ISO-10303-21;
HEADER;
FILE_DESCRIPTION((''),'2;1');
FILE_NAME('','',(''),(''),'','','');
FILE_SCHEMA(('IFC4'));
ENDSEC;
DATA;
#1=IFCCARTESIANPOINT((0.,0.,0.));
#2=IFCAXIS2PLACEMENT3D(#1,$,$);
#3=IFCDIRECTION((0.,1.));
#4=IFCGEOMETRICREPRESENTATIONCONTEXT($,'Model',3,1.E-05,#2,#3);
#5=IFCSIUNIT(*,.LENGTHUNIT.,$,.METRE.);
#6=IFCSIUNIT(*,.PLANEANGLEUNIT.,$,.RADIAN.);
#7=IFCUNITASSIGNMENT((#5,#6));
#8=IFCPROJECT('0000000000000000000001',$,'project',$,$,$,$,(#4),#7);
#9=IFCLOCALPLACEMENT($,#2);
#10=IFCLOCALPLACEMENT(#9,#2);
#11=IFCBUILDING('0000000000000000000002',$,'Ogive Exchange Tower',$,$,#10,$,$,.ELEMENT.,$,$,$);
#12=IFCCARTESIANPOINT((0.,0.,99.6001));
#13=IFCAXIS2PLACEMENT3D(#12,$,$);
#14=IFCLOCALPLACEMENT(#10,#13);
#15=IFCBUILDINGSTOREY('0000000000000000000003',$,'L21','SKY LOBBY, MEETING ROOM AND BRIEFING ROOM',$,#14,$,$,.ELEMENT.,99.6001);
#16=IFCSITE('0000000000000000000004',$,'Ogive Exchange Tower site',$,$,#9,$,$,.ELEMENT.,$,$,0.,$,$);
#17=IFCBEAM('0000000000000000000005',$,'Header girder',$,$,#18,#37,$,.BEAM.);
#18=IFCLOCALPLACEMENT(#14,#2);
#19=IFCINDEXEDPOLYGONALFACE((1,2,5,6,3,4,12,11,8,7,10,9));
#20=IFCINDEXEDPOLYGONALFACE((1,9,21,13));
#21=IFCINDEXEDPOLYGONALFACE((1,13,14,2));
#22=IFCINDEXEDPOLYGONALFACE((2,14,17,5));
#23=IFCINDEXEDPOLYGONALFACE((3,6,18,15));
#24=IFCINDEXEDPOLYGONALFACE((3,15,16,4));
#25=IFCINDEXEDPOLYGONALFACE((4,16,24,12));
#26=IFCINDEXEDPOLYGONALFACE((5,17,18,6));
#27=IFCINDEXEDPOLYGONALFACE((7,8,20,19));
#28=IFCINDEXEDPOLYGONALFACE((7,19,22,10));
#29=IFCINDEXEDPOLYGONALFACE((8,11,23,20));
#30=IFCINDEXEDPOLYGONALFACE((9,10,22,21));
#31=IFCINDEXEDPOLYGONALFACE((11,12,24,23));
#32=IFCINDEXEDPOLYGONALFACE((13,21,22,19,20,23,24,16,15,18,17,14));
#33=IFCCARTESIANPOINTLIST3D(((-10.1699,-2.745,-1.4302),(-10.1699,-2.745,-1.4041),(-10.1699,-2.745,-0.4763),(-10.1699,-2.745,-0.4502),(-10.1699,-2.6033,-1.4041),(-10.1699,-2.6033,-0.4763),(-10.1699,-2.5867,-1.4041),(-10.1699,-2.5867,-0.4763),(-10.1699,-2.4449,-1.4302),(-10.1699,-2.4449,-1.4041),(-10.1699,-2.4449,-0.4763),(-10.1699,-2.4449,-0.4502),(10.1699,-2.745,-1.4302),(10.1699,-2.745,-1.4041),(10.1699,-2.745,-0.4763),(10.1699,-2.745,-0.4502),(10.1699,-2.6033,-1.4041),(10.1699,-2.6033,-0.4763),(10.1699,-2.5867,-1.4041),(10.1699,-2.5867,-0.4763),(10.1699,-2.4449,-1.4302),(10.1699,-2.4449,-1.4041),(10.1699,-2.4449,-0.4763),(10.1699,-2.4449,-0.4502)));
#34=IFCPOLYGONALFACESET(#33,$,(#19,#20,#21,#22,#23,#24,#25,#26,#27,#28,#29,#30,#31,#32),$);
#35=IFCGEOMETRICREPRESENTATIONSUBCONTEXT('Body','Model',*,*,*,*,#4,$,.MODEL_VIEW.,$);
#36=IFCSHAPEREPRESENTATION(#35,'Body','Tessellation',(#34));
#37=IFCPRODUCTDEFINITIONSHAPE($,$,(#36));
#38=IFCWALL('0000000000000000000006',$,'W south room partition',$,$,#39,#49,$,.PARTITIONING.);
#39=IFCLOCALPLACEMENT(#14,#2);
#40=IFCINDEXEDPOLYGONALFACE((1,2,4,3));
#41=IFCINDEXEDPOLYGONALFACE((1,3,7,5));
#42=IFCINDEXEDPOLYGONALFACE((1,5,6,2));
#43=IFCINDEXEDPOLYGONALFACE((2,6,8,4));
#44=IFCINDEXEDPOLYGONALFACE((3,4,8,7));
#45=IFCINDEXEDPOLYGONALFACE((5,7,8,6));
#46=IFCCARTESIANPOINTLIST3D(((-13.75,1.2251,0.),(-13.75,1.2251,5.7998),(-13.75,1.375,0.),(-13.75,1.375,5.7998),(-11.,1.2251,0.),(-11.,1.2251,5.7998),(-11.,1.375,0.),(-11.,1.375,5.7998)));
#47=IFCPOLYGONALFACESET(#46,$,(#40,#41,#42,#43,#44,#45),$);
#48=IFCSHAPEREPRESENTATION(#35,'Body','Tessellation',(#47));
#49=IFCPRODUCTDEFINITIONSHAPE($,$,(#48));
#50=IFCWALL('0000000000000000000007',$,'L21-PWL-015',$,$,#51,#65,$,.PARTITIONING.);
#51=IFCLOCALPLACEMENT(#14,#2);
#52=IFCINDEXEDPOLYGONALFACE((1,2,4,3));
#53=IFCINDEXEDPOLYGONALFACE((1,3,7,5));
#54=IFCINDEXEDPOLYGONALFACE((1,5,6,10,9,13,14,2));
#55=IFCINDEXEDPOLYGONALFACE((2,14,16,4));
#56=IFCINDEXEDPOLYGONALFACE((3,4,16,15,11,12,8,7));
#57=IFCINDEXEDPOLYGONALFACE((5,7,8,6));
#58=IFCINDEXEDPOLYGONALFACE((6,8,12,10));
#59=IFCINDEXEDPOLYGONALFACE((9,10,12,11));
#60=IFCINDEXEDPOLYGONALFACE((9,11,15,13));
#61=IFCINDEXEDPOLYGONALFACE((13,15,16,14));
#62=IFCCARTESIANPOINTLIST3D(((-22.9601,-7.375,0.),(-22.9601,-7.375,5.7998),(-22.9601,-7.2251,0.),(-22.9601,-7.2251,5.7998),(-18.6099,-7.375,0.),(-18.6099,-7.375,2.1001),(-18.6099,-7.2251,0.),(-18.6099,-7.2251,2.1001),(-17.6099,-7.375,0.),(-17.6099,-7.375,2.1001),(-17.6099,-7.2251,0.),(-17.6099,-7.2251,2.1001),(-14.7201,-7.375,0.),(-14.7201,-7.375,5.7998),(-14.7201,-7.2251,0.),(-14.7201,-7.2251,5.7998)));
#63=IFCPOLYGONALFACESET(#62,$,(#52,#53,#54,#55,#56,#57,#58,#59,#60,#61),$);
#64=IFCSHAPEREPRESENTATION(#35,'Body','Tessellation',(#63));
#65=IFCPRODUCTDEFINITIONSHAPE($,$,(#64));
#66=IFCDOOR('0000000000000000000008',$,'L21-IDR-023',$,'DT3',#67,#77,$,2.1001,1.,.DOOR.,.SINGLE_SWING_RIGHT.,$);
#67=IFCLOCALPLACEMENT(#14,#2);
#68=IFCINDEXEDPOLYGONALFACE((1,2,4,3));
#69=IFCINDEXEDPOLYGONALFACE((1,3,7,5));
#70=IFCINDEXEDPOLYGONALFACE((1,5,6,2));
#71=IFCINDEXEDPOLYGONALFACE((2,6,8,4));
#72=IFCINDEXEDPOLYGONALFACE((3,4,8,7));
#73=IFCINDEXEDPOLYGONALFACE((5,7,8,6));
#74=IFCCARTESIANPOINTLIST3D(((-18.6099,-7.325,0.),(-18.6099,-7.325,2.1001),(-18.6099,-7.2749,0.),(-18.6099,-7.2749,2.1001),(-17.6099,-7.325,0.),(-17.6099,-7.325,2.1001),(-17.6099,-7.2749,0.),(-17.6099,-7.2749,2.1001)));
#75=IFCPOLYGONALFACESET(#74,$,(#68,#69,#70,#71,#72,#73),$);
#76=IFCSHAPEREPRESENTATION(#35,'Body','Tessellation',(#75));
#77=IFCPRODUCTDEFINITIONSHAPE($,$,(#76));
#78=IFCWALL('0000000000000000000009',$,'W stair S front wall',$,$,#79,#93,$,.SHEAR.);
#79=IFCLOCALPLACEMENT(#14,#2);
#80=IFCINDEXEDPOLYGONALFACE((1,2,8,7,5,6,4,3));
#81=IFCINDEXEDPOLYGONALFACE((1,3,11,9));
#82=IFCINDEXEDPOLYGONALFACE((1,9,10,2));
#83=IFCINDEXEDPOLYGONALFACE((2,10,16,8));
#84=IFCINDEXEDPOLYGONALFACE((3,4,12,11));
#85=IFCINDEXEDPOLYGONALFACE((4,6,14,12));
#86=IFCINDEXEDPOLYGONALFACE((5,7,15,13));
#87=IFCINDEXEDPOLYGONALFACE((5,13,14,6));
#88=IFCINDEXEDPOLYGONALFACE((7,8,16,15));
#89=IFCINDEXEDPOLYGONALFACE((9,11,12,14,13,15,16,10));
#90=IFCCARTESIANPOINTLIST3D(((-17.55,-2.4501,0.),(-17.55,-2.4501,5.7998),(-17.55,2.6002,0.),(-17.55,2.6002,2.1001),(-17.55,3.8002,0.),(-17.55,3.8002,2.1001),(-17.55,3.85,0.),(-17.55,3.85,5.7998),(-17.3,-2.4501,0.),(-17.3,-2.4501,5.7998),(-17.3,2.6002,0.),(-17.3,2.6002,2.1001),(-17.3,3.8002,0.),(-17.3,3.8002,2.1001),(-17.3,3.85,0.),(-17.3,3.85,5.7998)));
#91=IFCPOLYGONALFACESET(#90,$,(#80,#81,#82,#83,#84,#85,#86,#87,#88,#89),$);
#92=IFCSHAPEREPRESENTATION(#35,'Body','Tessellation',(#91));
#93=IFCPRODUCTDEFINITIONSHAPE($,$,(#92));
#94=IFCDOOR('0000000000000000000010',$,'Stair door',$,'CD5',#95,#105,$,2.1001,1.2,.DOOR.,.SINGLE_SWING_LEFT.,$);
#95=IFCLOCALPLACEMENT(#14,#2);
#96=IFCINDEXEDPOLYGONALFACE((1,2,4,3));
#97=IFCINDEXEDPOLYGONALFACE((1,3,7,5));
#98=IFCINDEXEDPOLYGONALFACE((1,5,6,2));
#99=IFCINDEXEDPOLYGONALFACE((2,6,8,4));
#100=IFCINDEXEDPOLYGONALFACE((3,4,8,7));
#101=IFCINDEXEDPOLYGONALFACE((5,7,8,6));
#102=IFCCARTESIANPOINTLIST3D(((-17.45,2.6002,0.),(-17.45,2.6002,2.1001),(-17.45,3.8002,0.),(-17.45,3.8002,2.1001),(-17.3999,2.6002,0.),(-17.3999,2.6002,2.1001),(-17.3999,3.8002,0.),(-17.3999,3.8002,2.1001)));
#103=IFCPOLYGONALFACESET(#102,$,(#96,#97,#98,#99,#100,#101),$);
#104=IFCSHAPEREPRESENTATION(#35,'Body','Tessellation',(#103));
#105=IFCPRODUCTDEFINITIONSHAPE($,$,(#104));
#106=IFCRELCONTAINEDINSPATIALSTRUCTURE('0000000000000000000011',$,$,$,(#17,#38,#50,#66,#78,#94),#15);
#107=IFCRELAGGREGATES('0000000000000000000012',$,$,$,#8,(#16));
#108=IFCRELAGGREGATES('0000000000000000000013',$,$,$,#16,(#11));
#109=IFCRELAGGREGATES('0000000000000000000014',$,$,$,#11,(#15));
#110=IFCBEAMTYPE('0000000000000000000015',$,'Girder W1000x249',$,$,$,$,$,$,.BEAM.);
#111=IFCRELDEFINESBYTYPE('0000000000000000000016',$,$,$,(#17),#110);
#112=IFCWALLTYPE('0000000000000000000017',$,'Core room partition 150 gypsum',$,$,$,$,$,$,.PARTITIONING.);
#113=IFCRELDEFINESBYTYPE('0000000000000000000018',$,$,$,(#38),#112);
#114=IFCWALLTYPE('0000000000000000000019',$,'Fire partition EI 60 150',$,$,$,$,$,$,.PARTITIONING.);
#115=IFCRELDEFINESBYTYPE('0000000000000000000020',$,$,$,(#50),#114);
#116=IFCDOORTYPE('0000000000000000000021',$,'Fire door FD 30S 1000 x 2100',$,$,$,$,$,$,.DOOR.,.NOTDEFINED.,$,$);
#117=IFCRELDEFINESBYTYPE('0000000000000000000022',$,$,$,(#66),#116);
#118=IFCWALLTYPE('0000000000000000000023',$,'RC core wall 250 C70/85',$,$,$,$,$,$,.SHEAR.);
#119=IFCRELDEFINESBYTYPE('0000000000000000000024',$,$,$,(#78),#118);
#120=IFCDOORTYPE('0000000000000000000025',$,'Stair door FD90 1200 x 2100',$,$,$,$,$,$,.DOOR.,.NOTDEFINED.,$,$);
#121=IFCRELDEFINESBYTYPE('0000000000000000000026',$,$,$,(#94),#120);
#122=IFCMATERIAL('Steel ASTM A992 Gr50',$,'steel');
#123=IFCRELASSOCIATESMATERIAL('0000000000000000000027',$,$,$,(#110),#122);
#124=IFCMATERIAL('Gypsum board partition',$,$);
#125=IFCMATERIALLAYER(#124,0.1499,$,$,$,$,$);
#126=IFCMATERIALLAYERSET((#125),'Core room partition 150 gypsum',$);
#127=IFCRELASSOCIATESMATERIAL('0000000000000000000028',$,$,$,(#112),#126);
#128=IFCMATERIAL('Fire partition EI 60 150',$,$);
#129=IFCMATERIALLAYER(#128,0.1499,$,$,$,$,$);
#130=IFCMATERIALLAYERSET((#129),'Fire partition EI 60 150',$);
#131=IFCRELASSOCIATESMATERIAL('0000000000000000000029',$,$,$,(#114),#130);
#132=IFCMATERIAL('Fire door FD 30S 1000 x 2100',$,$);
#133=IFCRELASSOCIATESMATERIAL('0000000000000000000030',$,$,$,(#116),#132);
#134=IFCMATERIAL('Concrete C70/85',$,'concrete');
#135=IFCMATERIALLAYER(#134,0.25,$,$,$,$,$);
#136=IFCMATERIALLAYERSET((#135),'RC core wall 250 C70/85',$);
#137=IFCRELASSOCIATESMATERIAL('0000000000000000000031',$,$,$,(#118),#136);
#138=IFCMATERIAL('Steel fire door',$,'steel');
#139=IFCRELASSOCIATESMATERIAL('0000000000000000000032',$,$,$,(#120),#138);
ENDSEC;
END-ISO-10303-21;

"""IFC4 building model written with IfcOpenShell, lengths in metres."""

from ifc_helpers import new_model, si_unit, direction, frame, frame_2d, origin, origin_2d, place, context, subcontext, project, spatial, rectangle, i_section, extrude, material, layer, layer_set, material_profile, profile_set, type_object, element, fill, save


model = new_model("IFC4")

# Units and contexts
model_context = context("Model", 3, precision=1e-05, world=origin(), true_north=direction((0.0, 1.0)))
body_context = subcontext(model_context, "Body", "Model", "MODEL_VIEW")
ifc_project = project(units=[si_unit("LENGTHUNIT", "METRE"), si_unit("PLANEANGLEUNIT", "RADIAN")], contexts=[model_context])

# Site, building, storey
site_placement = place(None, origin())
site = spatial("IfcSite", under=ifc_project, at=site_placement, Name="Ogive Exchange Tower site", CompositionType="ELEMENT", RefElevation=0.0)
building_placement = place(site_placement, origin())
building = spatial("IfcBuilding", under=site, at=building_placement, Name="Ogive Exchange Tower", CompositionType="ELEMENT")
storey_placement = place(building_placement, frame((0.0, 0.0, 99.6001)))
storey = spatial("IfcBuildingStorey", under=building, at=storey_placement, Name="L21", Description="SKY LOBBY, MEETING ROOM AND BRIEFING ROOM", CompositionType="ELEMENT", Elevation=99.6001)

# Beam
ifc_material_1 = material(Name="Steel ASTM A992 Gr50", Category="steel")
ifc_material_profile = material_profile(ifc_material_1, i_section(OverallWidth=0.3, OverallDepth=0.98, WebThickness=0.0166, FlangeThickness=0.0261, at=origin_2d()), Name="W1000x249")
ifc_profile_set = profile_set([ifc_material_profile], Name="Steel ASTM A992 Gr50")
beam_type = type_object("IfcBeamType", Name="Girder W1000x249", PredefinedType="BEAM", material=ifc_profile_set)
beam_placement = place(storey_placement, frame((-10.1699, -2.595, -0.9402), z_axis=(1.0, 0.0, 0.0), x_axis=(0.0, 1.0, 0.0)))
element("IfcBeam", 1, at=beam_placement, inside=storey, type_object=beam_type, Name="Header girder", PredefinedType="BEAM", context=body_context, shape_type="SweptSolid", body=[
    extrude(i_section(OverallWidth=0.3, OverallDepth=0.98, WebThickness=0.0166, FlangeThickness=0.0261, at=origin_2d()), origin(), (0.0, 0.0, 1.0), 20.3398),
])

# Wall
ifc_material_2 = material(Name="Gypsum board partition")
ifc_layer_1 = layer(ifc_material_2, 0.1499)
ifc_layer_set_1 = layer_set([ifc_layer_1], Name="Core room partition 150 gypsum")
wall_type_1 = type_object("IfcWallType", Name="Core room partition 150 gypsum", PredefinedType="PARTITIONING", material=ifc_layer_set_1)
wall_1_placement = place(storey_placement, frame((-13.75, 1.3, 0.0), z_axis=(0.0, 0.0, 1.0), x_axis=(1.0, 0.0, 0.0)))
element("IfcWall", 2, at=wall_1_placement, inside=storey, type_object=wall_type_1, Name="W south room partition", PredefinedType="PARTITIONING", context=body_context, shape_type="SweptSolid", body=[
    extrude(rectangle(XDim=2.75, YDim=0.1499, at=frame_2d((1.375, 0.0))), origin(), (0.0, 0.0, 1.0), 5.7998),
])

# Walls, openings, doors
ifc_material_3 = material(Name="Fire partition EI 60 150")
ifc_layer_2 = layer(ifc_material_3, 0.1499)
ifc_layer_set_2 = layer_set([ifc_layer_2], Name="Fire partition EI 60 150")
wall_type_2 = type_object("IfcWallType", Name="Fire partition EI 60 150", PredefinedType="PARTITIONING", material=ifc_layer_set_2)
wall_2_placement = place(storey_placement, frame((-14.72, -7.3, 0.0), z_axis=(0.0, 0.0, 1.0), x_axis=(-1.0, 0.0, 0.0)))
wall_2 = element("IfcWall", 3, at=wall_2_placement, inside=storey, type_object=wall_type_2, Name="L21-PWL-015", PredefinedType="PARTITIONING", context=body_context, shape_type="SweptSolid", body=[
    extrude(rectangle(XDim=8.24, YDim=0.1499, at=frame_2d((4.1201, 0.0))), origin(), (0.0, 0.0, 1.0), 5.7998),
])
opening_1_placement = place(wall_2_placement, frame((2.8899, 0.0, 0.0)))
opening_1 = element("IfcOpeningElement", 4, at=opening_1_placement, cuts=wall_2, PredefinedType="OPENING", context=body_context, shape_type="SweptSolid", body=[
    extrude(rectangle(XDim=1.0, YDim=2.1001, at=frame_2d((0.5, 1.05))), frame((0.0, 0.085, 0.0), z_axis=(0.0, -1.0, 0.0), x_axis=(1.0, 0.0, 0.0)), (0.0, 0.0, 1.0), 0.1699),
])
ifc_material_4 = material(Name="Fire door FD 30S 1000 x 2100")
door_type_1 = type_object("IfcDoorType", Name="Fire door FD 30S 1000 x 2100", OperationType="NOTDEFINED", PredefinedType="DOOR", material=ifc_material_4)
door_1_placement = place(opening_1_placement, origin())
door_1 = element("IfcDoor", 5, at=door_1_placement, inside=storey, type_object=door_type_1, Name="L21-IDR-023", ObjectType="DT3", OperationType="SINGLE_SWING_RIGHT", OverallHeight=2.1001, OverallWidth=1.0, PredefinedType="DOOR", context=body_context, shape_type="SweptSolid", body=[
    extrude(rectangle(XDim=1.0, YDim=2.1001, at=frame_2d((0.5, 1.05))), frame((0.0, 0.0249, 0.0), z_axis=(0.0, -1.0, 0.0), x_axis=(1.0, 0.0, 0.0)), (0.0, 0.0, 1.0), 0.05),
])
fill(opening_1, door_1)
ifc_material_5 = material(Name="Concrete C70/85", Category="concrete")
ifc_layer_3 = layer(ifc_material_5, 0.25)
ifc_layer_set_3 = layer_set([ifc_layer_3], Name="RC core wall 250 C70/85")
wall_type_3 = type_object("IfcWallType", Name="RC core wall 250 C70/85", PredefinedType="SHEAR", material=ifc_layer_set_3)
wall_3_placement = place(storey_placement, frame((-17.425, -2.45, 0.0), z_axis=(0.0, 0.0, 1.0), x_axis=(0.0, 1.0, 0.0)))
wall_3 = element("IfcWall", 6, at=wall_3_placement, inside=storey, type_object=wall_type_3, Name="W stair S front wall", PredefinedType="SHEAR", context=body_context, shape_type="SweptSolid", body=[
    extrude(rectangle(XDim=6.3, YDim=0.25, at=frame_2d((3.1499, 0.0))), origin(), (0.0, 0.0, 1.0), 5.7998),
])
opening_2_placement = place(wall_3_placement, frame((5.05, 0.0, 0.0)))
opening_2 = element("IfcOpeningElement", 7, at=opening_2_placement, cuts=wall_3, PredefinedType="OPENING", context=body_context, shape_type="SweptSolid", body=[
    extrude(rectangle(XDim=1.2, YDim=2.1001, at=frame_2d((0.6001, 1.05))), frame((0.0, 0.135, 0.0), z_axis=(0.0, -1.0, 0.0), x_axis=(1.0, 0.0, 0.0)), (0.0, 0.0, 1.0), 0.27),
])
ifc_material_6 = material(Name="Steel fire door", Category="steel")
door_type_2 = type_object("IfcDoorType", Name="Stair door FD90 1200 x 2100", OperationType="NOTDEFINED", PredefinedType="DOOR", material=ifc_material_6)
door_2_placement = place(opening_2_placement, origin())
door_2 = element("IfcDoor", 8, at=door_2_placement, inside=storey, type_object=door_type_2, Name="Stair door", ObjectType="CD5", OperationType="SINGLE_SWING_LEFT", OverallHeight=2.1001, OverallWidth=1.2, PredefinedType="DOOR", context=body_context, shape_type="SweptSolid", body=[
    extrude(rectangle(XDim=1.2, YDim=2.1001, at=frame_2d((0.6001, 1.05))), frame((0.0, 0.0249, 0.0), z_axis=(0.0, -1.0, 0.0), x_axis=(1.0, 0.0, 0.0)), (0.0, 0.0, 1.0), 0.05),
])
fill(opening_2, door_2)

save(model, "model.ifc")
